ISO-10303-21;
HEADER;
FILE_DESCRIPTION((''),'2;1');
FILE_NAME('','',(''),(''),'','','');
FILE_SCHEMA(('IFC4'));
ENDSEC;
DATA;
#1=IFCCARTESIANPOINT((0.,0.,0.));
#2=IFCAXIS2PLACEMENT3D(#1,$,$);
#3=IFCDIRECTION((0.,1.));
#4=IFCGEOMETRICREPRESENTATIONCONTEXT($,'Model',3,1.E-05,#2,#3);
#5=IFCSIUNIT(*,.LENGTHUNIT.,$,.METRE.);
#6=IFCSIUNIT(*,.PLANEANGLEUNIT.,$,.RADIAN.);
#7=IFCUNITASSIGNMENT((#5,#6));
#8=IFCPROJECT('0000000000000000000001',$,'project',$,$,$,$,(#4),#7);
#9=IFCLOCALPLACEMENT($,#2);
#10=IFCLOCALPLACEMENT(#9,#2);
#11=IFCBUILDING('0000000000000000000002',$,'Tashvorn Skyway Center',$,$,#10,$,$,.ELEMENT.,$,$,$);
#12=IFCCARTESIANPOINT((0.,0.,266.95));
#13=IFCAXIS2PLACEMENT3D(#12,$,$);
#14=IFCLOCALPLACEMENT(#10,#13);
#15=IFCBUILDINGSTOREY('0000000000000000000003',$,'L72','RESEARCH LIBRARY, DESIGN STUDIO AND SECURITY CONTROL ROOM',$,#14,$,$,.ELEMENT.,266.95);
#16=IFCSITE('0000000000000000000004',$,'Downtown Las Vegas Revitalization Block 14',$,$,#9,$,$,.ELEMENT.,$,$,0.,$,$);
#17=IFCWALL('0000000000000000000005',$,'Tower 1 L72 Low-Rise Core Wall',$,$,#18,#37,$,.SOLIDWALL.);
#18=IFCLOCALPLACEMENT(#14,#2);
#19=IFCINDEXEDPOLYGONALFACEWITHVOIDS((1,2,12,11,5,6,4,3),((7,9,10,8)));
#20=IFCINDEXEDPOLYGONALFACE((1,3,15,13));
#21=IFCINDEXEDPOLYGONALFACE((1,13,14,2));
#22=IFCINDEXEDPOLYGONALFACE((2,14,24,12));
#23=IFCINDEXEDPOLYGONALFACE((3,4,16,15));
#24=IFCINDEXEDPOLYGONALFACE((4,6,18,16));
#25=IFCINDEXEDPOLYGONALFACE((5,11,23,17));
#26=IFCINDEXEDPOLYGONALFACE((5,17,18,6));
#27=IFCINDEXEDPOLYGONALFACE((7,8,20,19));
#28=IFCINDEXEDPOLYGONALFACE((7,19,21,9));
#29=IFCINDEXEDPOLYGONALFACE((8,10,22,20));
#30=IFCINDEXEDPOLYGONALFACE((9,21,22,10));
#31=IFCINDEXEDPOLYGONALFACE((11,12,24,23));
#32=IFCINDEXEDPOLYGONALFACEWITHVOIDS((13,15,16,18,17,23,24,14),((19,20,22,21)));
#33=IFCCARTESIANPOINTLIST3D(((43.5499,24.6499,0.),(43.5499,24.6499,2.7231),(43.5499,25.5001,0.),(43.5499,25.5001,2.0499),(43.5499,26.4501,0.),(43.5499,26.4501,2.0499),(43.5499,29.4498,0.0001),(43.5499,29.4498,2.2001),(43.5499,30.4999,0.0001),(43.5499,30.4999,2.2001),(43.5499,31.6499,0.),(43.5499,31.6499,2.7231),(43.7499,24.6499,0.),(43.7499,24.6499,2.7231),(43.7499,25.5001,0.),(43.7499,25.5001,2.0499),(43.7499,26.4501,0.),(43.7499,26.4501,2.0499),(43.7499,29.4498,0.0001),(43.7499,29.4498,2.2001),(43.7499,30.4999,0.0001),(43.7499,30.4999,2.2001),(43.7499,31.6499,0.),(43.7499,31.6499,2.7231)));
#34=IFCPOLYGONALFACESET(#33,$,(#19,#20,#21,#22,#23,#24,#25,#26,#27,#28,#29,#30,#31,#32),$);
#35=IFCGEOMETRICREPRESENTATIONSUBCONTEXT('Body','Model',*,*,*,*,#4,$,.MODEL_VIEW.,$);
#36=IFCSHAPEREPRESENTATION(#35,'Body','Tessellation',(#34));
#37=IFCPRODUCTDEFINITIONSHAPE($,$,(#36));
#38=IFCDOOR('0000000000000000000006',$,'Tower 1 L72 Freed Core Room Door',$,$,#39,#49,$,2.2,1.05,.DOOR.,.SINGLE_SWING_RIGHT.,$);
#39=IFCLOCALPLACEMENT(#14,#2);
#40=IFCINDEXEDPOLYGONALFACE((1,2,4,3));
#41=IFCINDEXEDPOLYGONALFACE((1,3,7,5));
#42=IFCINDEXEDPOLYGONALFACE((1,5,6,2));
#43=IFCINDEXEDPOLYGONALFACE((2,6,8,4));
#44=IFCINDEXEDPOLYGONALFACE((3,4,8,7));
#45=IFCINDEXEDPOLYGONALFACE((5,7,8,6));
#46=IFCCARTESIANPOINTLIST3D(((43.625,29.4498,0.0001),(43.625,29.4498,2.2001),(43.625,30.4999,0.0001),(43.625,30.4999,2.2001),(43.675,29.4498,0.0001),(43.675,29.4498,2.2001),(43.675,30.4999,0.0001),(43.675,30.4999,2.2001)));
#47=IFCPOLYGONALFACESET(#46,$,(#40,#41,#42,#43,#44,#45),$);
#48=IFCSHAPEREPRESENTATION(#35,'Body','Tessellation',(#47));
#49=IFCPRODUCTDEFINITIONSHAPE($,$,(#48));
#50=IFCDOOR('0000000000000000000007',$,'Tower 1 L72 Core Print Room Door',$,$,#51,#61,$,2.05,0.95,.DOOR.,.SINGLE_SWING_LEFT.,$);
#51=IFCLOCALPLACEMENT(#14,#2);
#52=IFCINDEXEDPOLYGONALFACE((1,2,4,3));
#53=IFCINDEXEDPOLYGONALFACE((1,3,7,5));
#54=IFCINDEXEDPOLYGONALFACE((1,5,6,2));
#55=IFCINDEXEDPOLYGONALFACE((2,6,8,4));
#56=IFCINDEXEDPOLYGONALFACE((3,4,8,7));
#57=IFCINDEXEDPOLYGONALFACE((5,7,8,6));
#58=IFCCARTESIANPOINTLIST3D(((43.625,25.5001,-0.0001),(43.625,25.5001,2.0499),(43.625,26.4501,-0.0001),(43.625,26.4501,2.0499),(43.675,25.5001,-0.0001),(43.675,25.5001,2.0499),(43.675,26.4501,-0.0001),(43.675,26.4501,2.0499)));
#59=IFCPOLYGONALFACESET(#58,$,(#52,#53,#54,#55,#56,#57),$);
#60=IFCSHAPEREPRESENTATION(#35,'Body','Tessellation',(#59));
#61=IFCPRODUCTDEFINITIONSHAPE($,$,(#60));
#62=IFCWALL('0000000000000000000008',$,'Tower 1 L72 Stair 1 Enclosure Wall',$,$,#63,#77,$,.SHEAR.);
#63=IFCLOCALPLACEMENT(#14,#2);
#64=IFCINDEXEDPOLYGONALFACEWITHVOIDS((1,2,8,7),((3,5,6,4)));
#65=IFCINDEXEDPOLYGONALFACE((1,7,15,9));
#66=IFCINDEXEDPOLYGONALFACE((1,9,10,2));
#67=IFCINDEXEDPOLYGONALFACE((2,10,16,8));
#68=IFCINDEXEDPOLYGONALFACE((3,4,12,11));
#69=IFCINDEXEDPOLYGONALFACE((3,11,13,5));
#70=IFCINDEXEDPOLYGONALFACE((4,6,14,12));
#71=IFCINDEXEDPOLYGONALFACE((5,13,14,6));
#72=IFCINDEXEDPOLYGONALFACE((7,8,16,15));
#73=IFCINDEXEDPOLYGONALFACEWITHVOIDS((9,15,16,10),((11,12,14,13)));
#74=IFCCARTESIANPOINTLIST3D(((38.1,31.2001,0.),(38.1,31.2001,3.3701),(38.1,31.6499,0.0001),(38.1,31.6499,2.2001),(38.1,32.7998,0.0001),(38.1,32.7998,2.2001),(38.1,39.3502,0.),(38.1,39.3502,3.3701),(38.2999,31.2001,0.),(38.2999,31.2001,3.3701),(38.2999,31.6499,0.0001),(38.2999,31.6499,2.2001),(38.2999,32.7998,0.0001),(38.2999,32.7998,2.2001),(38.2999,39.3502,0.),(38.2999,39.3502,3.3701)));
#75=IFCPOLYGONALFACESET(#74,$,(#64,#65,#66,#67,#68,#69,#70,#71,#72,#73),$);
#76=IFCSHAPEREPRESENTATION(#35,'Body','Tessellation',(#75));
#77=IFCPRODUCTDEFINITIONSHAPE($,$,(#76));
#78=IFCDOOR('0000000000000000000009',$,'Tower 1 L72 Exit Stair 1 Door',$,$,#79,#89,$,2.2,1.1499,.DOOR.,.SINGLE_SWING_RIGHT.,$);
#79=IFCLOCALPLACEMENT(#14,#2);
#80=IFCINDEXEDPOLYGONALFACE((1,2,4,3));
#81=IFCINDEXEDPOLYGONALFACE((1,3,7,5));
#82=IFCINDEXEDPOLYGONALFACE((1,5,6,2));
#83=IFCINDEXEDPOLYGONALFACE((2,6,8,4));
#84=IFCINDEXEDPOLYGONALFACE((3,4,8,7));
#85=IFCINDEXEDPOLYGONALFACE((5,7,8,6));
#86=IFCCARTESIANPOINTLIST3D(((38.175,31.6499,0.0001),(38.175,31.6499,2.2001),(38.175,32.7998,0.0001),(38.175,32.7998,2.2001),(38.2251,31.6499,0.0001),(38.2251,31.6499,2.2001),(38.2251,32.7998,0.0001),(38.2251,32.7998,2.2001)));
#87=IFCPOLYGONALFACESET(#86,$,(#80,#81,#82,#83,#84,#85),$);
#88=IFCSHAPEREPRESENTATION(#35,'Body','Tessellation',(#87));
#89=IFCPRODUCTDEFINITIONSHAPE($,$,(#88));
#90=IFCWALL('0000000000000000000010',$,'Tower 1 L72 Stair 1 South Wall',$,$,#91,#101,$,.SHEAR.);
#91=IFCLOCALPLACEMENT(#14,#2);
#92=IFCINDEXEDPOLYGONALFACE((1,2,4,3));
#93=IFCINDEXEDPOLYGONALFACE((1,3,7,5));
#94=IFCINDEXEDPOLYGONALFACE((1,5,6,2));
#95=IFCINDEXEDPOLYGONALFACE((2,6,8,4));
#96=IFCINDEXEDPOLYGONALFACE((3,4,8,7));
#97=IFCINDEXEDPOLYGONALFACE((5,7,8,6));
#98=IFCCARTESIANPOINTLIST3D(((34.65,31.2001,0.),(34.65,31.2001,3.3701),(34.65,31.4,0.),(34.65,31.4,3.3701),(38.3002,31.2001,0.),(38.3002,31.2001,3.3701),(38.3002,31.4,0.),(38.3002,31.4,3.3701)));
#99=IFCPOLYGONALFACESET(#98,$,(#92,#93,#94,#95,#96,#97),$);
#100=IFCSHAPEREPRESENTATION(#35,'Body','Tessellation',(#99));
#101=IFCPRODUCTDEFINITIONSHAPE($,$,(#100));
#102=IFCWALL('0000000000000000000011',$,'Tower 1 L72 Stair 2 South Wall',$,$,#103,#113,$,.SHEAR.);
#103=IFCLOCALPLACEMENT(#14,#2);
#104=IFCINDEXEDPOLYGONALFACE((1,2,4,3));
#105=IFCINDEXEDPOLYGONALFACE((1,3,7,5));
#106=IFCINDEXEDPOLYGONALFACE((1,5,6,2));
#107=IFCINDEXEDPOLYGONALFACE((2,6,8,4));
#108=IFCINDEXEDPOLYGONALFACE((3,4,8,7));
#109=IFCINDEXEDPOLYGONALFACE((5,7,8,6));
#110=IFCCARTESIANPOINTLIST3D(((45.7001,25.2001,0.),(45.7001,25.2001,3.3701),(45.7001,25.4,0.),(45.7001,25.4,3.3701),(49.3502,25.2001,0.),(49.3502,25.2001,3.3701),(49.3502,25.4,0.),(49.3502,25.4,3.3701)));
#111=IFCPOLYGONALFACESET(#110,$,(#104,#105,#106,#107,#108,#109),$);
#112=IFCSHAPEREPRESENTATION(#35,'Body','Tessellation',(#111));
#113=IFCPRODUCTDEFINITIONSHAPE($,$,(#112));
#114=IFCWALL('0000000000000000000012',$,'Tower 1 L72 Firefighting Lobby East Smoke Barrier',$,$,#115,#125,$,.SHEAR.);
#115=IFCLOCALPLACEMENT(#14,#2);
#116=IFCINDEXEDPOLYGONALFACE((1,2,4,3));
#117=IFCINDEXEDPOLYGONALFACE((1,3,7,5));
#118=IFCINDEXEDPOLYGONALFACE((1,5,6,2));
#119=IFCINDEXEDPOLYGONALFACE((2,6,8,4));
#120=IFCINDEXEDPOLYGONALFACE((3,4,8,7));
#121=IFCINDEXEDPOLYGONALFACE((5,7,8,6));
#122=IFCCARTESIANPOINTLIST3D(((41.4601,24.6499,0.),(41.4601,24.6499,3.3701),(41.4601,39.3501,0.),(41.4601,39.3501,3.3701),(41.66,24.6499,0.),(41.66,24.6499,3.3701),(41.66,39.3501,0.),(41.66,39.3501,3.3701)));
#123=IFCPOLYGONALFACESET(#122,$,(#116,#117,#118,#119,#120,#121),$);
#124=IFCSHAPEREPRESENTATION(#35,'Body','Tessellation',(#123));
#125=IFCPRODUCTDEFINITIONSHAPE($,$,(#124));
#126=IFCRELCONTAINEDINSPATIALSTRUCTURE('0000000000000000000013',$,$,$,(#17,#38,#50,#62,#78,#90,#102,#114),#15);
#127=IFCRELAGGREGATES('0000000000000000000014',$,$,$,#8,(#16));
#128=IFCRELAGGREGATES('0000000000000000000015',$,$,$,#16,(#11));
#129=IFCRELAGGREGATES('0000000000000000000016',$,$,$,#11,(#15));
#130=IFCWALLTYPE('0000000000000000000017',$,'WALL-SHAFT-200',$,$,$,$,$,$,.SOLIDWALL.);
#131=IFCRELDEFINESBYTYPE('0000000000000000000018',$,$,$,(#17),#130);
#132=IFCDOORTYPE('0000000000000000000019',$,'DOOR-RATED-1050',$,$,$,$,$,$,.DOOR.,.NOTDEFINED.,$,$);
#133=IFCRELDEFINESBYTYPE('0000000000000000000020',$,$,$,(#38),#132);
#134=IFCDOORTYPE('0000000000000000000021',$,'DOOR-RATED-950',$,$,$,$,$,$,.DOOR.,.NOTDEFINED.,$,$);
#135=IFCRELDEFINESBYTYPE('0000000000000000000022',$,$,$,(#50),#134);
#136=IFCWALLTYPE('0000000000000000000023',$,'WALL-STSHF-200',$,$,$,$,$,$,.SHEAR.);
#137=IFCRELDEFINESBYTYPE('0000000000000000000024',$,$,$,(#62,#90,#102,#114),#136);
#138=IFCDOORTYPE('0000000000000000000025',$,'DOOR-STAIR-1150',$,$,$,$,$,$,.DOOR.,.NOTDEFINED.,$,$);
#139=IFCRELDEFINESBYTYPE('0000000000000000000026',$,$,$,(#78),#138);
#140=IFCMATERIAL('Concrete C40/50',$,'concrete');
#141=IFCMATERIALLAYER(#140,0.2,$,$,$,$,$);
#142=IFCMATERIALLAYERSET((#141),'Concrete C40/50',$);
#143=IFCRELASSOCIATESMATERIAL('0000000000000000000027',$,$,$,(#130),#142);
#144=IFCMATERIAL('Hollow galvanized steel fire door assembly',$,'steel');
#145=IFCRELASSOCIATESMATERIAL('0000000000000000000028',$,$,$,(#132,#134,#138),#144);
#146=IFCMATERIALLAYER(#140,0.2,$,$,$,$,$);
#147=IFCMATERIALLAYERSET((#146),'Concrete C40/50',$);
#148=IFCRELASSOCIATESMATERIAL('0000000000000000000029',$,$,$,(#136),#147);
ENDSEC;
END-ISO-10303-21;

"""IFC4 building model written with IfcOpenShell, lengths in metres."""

from ifc_helpers import new_model, si_unit, direction, frame, frame_2d, origin, place, context, subcontext, project, spatial, rectangle, extrude, material, layer, layer_set, type_object, element, fill, save


model = new_model("IFC4")

# Units and contexts
model_context = context("Model", 3, precision=1e-05, world=origin(), true_north=direction((0.0, 1.0)))
body_context = subcontext(model_context, "Body", "Model", "MODEL_VIEW")
ifc_project = project(units=[si_unit("LENGTHUNIT", "METRE"), si_unit("PLANEANGLEUNIT", "RADIAN")], contexts=[model_context])

# Site, building, storey
site_placement = place(None, origin())
site = spatial("IfcSite", under=ifc_project, at=site_placement, Name="Downtown Las Vegas Revitalization Block 14", CompositionType="ELEMENT", RefElevation=0.0)
building_placement = place(site_placement, origin())
building = spatial("IfcBuilding", under=site, at=building_placement, Name="Tashvorn Skyway Center", CompositionType="ELEMENT")
storey_placement = place(building_placement, frame((0.0, 0.0, 266.95)))
storey = spatial("IfcBuildingStorey", under=building, at=storey_placement, Name="L72", Description="RESEARCH LIBRARY, DESIGN STUDIO AND SECURITY CONTROL ROOM", CompositionType="ELEMENT", Elevation=266.95)

# Shared definitions
ifc_material_1 = material(Name="Concrete C40/50", Category="concrete")
ifc_material_2 = material(Name="Hollow galvanized steel fire door assembly", Category="steel")

# Shared definitions
ifc_layer_1 = layer(ifc_material_1, 0.2)
ifc_layer_set_1 = layer_set([ifc_layer_1], Name="Concrete C40/50")
wall_type_1 = type_object("IfcWallType", Name="WALL-SHAFT-200", PredefinedType="SOLIDWALL", material=ifc_layer_set_1)

# Wall, openings, doors
wall_1_placement = place(storey_placement, frame((43.6499, 24.6499, 0.0), z_axis=(0.0, 0.0, 1.0), x_axis=(0.0, 1.0, 0.0)))
wall_1 = element("IfcWall", 1, at=wall_1_placement, inside=storey, type_object=wall_type_1, Name="Tower 1 L72 Low-Rise Core Wall", PredefinedType="SOLIDWALL", context=body_context, shape_type="SweptSolid", body=[
    extrude(rectangle(XDim=7.0, YDim=0.2, at=frame_2d((3.5, 0.0))), origin(), (0.0, 0.0, 1.0), 2.7231),
])
opening_1_placement = place(wall_1_placement, frame((0.8501, 0.0, 0.0)))
opening_1 = element("IfcOpeningElement", 2, at=opening_1_placement, cuts=wall_1, PredefinedType="OPENING", context=body_context, shape_type="SweptSolid", body=[
    extrude(rectangle(XDim=0.95, YDim=2.05, at=frame_2d((0.4751, 1.0249))), frame((0.0, 0.1099, 0.0), z_axis=(0.0, -1.0, 0.0), x_axis=(1.0, 0.0, 0.0)), (0.0, 0.0, 1.0), 0.22),
])
opening_2_placement = place(wall_1_placement, frame((4.8, 0.0, 0.0)))
opening_2 = element("IfcOpeningElement", 3, at=opening_2_placement, cuts=wall_1, PredefinedType="OPENING", context=body_context, shape_type="SweptSolid", body=[
    extrude(rectangle(XDim=1.05, YDim=2.2, at=frame_2d((0.5249, 1.1001))), frame((0.0, 0.1099, 0.0), z_axis=(0.0, -1.0, 0.0), x_axis=(1.0, 0.0, 0.0)), (0.0, 0.0, 1.0), 0.22),
])
door_type_1 = type_object("IfcDoorType", Name="DOOR-RATED-1050", OperationType="NOTDEFINED", PredefinedType="DOOR", material=ifc_material_2)
door_1_placement = place(opening_2_placement, origin())
door_1 = element("IfcDoor", 4, at=door_1_placement, inside=storey, type_object=door_type_1, Name="Tower 1 L72 Freed Core Room Door", OperationType="SINGLE_SWING_RIGHT", OverallHeight=2.2, OverallWidth=1.05, PredefinedType="DOOR", context=body_context, shape_type="SweptSolid", body=[
    extrude(rectangle(XDim=1.05, YDim=2.2, at=frame_2d((0.5249, 1.1001))), frame((0.0, 0.0249, 0.0), z_axis=(0.0, -1.0, 0.0), x_axis=(1.0, 0.0, 0.0)), (0.0, 0.0, 1.0), 0.05),
])
fill(opening_2, door_1)
door_type_2 = type_object("IfcDoorType", Name="DOOR-RATED-950", OperationType="NOTDEFINED", PredefinedType="DOOR", material=ifc_material_2)
door_2_placement = place(opening_1_placement, origin())
door_2 = element("IfcDoor", 5, at=door_2_placement, inside=storey, type_object=door_type_2, Name="Tower 1 L72 Core Print Room Door", OperationType="SINGLE_SWING_LEFT", OverallHeight=2.05, OverallWidth=0.95, PredefinedType="DOOR", context=body_context, shape_type="SweptSolid", body=[
    extrude(rectangle(XDim=0.95, YDim=2.05, at=frame_2d((0.4751, 1.0249))), frame((0.0, 0.0249, 0.0), z_axis=(0.0, -1.0, 0.0), x_axis=(1.0, 0.0, 0.0)), (0.0, 0.0, 1.0), 0.05),
])
fill(opening_1, door_2)

# Wall, opening, door
ifc_layer_2 = layer(ifc_material_1, 0.2)
ifc_layer_set_2 = layer_set([ifc_layer_2], Name="Concrete C40/50")
wall_type_2 = type_object("IfcWallType", Name="WALL-STSHF-200", PredefinedType="SHEAR", material=ifc_layer_set_2)
wall_2_placement = place(storey_placement, frame((38.2, 31.2, 0.0), z_axis=(0.0, 0.0, 1.0), x_axis=(0.0, 1.0, 0.0)))
wall_2 = element("IfcWall", 6, at=wall_2_placement, inside=storey, type_object=wall_type_2, Name="Tower 1 L72 Stair 1 Enclosure Wall", PredefinedType="SHEAR", context=body_context, shape_type="SweptSolid", body=[
    extrude(rectangle(XDim=8.1501, YDim=0.2, at=frame_2d((4.0752, 0.0))), origin(), (0.0, 0.0, 1.0), 3.3701),
])
opening_3_placement = place(wall_2_placement, frame((0.45, 0.0, 0.0)))
opening_3 = element("IfcOpeningElement", 7, at=opening_3_placement, cuts=wall_2, PredefinedType="OPENING", context=body_context, shape_type="SweptSolid", body=[
    extrude(rectangle(XDim=1.1499, YDim=2.2, at=frame_2d((0.575, 1.1001))), frame((0.0, 0.1099, 0.0), z_axis=(0.0, -1.0, 0.0), x_axis=(1.0, 0.0, 0.0)), (0.0, 0.0, 1.0), 0.22),
])
door_type_3 = type_object("IfcDoorType", Name="DOOR-STAIR-1150", OperationType="NOTDEFINED", PredefinedType="DOOR", material=ifc_material_2)
door_3_placement = place(opening_3_placement, origin())
door_3 = element("IfcDoor", 8, at=door_3_placement, inside=storey, type_object=door_type_3, Name="Tower 1 L72 Exit Stair 1 Door", OperationType="SINGLE_SWING_RIGHT", OverallHeight=2.2, OverallWidth=1.1499, PredefinedType="DOOR", context=body_context, shape_type="SweptSolid", body=[
    extrude(rectangle(XDim=1.1499, YDim=2.2, at=frame_2d((0.575, 1.1001))), frame((0.0, 0.0249, 0.0), z_axis=(0.0, -1.0, 0.0), x_axis=(1.0, 0.0, 0.0)), (0.0, 0.0, 1.0), 0.05),
])
fill(opening_3, door_3)

# Walls
for number, where, z_axis, x_axis, name in (
    (9, (34.6499, 31.3, 0.0), (0.0, 0.0, 1.0), (1.0, 0.0, 0.0), "Tower 1 L72 Stair 1 South Wall"),
    (10, (45.7, 25.3, 0.0), (0.0, 0.0, 1.0), (1.0, 0.0, 0.0), "Tower 1 L72 Stair 2 South Wall"),
):
    element("IfcWall", number, at=place(storey_placement, frame(where, z_axis=z_axis, x_axis=x_axis)), inside=storey, type_object=wall_type_2, Name=name, PredefinedType="SHEAR", context=body_context, shape_type="SweptSolid", body=[
        extrude(rectangle(XDim=3.6501, YDim=0.2, at=frame_2d((1.8252, 0.0))), origin(), (0.0, 0.0, 1.0), 3.3701),
    ])
wall_3_placement = place(storey_placement, frame((41.5601, 24.6499, 0.0), z_axis=(0.0, 0.0, 1.0), x_axis=(0.0, 1.0, 0.0)))
element("IfcWall", 11, at=wall_3_placement, inside=storey, type_object=wall_type_2, Name="Tower 1 L72 Firefighting Lobby East Smoke Barrier", PredefinedType="SHEAR", context=body_context, shape_type="SweptSolid", body=[
    extrude(rectangle(XDim=14.7002, YDim=0.2, at=frame_2d((7.3501, 0.0))), origin(), (0.0, 0.0, 1.0), 3.3701),
])

save(model, "model.ifc")
